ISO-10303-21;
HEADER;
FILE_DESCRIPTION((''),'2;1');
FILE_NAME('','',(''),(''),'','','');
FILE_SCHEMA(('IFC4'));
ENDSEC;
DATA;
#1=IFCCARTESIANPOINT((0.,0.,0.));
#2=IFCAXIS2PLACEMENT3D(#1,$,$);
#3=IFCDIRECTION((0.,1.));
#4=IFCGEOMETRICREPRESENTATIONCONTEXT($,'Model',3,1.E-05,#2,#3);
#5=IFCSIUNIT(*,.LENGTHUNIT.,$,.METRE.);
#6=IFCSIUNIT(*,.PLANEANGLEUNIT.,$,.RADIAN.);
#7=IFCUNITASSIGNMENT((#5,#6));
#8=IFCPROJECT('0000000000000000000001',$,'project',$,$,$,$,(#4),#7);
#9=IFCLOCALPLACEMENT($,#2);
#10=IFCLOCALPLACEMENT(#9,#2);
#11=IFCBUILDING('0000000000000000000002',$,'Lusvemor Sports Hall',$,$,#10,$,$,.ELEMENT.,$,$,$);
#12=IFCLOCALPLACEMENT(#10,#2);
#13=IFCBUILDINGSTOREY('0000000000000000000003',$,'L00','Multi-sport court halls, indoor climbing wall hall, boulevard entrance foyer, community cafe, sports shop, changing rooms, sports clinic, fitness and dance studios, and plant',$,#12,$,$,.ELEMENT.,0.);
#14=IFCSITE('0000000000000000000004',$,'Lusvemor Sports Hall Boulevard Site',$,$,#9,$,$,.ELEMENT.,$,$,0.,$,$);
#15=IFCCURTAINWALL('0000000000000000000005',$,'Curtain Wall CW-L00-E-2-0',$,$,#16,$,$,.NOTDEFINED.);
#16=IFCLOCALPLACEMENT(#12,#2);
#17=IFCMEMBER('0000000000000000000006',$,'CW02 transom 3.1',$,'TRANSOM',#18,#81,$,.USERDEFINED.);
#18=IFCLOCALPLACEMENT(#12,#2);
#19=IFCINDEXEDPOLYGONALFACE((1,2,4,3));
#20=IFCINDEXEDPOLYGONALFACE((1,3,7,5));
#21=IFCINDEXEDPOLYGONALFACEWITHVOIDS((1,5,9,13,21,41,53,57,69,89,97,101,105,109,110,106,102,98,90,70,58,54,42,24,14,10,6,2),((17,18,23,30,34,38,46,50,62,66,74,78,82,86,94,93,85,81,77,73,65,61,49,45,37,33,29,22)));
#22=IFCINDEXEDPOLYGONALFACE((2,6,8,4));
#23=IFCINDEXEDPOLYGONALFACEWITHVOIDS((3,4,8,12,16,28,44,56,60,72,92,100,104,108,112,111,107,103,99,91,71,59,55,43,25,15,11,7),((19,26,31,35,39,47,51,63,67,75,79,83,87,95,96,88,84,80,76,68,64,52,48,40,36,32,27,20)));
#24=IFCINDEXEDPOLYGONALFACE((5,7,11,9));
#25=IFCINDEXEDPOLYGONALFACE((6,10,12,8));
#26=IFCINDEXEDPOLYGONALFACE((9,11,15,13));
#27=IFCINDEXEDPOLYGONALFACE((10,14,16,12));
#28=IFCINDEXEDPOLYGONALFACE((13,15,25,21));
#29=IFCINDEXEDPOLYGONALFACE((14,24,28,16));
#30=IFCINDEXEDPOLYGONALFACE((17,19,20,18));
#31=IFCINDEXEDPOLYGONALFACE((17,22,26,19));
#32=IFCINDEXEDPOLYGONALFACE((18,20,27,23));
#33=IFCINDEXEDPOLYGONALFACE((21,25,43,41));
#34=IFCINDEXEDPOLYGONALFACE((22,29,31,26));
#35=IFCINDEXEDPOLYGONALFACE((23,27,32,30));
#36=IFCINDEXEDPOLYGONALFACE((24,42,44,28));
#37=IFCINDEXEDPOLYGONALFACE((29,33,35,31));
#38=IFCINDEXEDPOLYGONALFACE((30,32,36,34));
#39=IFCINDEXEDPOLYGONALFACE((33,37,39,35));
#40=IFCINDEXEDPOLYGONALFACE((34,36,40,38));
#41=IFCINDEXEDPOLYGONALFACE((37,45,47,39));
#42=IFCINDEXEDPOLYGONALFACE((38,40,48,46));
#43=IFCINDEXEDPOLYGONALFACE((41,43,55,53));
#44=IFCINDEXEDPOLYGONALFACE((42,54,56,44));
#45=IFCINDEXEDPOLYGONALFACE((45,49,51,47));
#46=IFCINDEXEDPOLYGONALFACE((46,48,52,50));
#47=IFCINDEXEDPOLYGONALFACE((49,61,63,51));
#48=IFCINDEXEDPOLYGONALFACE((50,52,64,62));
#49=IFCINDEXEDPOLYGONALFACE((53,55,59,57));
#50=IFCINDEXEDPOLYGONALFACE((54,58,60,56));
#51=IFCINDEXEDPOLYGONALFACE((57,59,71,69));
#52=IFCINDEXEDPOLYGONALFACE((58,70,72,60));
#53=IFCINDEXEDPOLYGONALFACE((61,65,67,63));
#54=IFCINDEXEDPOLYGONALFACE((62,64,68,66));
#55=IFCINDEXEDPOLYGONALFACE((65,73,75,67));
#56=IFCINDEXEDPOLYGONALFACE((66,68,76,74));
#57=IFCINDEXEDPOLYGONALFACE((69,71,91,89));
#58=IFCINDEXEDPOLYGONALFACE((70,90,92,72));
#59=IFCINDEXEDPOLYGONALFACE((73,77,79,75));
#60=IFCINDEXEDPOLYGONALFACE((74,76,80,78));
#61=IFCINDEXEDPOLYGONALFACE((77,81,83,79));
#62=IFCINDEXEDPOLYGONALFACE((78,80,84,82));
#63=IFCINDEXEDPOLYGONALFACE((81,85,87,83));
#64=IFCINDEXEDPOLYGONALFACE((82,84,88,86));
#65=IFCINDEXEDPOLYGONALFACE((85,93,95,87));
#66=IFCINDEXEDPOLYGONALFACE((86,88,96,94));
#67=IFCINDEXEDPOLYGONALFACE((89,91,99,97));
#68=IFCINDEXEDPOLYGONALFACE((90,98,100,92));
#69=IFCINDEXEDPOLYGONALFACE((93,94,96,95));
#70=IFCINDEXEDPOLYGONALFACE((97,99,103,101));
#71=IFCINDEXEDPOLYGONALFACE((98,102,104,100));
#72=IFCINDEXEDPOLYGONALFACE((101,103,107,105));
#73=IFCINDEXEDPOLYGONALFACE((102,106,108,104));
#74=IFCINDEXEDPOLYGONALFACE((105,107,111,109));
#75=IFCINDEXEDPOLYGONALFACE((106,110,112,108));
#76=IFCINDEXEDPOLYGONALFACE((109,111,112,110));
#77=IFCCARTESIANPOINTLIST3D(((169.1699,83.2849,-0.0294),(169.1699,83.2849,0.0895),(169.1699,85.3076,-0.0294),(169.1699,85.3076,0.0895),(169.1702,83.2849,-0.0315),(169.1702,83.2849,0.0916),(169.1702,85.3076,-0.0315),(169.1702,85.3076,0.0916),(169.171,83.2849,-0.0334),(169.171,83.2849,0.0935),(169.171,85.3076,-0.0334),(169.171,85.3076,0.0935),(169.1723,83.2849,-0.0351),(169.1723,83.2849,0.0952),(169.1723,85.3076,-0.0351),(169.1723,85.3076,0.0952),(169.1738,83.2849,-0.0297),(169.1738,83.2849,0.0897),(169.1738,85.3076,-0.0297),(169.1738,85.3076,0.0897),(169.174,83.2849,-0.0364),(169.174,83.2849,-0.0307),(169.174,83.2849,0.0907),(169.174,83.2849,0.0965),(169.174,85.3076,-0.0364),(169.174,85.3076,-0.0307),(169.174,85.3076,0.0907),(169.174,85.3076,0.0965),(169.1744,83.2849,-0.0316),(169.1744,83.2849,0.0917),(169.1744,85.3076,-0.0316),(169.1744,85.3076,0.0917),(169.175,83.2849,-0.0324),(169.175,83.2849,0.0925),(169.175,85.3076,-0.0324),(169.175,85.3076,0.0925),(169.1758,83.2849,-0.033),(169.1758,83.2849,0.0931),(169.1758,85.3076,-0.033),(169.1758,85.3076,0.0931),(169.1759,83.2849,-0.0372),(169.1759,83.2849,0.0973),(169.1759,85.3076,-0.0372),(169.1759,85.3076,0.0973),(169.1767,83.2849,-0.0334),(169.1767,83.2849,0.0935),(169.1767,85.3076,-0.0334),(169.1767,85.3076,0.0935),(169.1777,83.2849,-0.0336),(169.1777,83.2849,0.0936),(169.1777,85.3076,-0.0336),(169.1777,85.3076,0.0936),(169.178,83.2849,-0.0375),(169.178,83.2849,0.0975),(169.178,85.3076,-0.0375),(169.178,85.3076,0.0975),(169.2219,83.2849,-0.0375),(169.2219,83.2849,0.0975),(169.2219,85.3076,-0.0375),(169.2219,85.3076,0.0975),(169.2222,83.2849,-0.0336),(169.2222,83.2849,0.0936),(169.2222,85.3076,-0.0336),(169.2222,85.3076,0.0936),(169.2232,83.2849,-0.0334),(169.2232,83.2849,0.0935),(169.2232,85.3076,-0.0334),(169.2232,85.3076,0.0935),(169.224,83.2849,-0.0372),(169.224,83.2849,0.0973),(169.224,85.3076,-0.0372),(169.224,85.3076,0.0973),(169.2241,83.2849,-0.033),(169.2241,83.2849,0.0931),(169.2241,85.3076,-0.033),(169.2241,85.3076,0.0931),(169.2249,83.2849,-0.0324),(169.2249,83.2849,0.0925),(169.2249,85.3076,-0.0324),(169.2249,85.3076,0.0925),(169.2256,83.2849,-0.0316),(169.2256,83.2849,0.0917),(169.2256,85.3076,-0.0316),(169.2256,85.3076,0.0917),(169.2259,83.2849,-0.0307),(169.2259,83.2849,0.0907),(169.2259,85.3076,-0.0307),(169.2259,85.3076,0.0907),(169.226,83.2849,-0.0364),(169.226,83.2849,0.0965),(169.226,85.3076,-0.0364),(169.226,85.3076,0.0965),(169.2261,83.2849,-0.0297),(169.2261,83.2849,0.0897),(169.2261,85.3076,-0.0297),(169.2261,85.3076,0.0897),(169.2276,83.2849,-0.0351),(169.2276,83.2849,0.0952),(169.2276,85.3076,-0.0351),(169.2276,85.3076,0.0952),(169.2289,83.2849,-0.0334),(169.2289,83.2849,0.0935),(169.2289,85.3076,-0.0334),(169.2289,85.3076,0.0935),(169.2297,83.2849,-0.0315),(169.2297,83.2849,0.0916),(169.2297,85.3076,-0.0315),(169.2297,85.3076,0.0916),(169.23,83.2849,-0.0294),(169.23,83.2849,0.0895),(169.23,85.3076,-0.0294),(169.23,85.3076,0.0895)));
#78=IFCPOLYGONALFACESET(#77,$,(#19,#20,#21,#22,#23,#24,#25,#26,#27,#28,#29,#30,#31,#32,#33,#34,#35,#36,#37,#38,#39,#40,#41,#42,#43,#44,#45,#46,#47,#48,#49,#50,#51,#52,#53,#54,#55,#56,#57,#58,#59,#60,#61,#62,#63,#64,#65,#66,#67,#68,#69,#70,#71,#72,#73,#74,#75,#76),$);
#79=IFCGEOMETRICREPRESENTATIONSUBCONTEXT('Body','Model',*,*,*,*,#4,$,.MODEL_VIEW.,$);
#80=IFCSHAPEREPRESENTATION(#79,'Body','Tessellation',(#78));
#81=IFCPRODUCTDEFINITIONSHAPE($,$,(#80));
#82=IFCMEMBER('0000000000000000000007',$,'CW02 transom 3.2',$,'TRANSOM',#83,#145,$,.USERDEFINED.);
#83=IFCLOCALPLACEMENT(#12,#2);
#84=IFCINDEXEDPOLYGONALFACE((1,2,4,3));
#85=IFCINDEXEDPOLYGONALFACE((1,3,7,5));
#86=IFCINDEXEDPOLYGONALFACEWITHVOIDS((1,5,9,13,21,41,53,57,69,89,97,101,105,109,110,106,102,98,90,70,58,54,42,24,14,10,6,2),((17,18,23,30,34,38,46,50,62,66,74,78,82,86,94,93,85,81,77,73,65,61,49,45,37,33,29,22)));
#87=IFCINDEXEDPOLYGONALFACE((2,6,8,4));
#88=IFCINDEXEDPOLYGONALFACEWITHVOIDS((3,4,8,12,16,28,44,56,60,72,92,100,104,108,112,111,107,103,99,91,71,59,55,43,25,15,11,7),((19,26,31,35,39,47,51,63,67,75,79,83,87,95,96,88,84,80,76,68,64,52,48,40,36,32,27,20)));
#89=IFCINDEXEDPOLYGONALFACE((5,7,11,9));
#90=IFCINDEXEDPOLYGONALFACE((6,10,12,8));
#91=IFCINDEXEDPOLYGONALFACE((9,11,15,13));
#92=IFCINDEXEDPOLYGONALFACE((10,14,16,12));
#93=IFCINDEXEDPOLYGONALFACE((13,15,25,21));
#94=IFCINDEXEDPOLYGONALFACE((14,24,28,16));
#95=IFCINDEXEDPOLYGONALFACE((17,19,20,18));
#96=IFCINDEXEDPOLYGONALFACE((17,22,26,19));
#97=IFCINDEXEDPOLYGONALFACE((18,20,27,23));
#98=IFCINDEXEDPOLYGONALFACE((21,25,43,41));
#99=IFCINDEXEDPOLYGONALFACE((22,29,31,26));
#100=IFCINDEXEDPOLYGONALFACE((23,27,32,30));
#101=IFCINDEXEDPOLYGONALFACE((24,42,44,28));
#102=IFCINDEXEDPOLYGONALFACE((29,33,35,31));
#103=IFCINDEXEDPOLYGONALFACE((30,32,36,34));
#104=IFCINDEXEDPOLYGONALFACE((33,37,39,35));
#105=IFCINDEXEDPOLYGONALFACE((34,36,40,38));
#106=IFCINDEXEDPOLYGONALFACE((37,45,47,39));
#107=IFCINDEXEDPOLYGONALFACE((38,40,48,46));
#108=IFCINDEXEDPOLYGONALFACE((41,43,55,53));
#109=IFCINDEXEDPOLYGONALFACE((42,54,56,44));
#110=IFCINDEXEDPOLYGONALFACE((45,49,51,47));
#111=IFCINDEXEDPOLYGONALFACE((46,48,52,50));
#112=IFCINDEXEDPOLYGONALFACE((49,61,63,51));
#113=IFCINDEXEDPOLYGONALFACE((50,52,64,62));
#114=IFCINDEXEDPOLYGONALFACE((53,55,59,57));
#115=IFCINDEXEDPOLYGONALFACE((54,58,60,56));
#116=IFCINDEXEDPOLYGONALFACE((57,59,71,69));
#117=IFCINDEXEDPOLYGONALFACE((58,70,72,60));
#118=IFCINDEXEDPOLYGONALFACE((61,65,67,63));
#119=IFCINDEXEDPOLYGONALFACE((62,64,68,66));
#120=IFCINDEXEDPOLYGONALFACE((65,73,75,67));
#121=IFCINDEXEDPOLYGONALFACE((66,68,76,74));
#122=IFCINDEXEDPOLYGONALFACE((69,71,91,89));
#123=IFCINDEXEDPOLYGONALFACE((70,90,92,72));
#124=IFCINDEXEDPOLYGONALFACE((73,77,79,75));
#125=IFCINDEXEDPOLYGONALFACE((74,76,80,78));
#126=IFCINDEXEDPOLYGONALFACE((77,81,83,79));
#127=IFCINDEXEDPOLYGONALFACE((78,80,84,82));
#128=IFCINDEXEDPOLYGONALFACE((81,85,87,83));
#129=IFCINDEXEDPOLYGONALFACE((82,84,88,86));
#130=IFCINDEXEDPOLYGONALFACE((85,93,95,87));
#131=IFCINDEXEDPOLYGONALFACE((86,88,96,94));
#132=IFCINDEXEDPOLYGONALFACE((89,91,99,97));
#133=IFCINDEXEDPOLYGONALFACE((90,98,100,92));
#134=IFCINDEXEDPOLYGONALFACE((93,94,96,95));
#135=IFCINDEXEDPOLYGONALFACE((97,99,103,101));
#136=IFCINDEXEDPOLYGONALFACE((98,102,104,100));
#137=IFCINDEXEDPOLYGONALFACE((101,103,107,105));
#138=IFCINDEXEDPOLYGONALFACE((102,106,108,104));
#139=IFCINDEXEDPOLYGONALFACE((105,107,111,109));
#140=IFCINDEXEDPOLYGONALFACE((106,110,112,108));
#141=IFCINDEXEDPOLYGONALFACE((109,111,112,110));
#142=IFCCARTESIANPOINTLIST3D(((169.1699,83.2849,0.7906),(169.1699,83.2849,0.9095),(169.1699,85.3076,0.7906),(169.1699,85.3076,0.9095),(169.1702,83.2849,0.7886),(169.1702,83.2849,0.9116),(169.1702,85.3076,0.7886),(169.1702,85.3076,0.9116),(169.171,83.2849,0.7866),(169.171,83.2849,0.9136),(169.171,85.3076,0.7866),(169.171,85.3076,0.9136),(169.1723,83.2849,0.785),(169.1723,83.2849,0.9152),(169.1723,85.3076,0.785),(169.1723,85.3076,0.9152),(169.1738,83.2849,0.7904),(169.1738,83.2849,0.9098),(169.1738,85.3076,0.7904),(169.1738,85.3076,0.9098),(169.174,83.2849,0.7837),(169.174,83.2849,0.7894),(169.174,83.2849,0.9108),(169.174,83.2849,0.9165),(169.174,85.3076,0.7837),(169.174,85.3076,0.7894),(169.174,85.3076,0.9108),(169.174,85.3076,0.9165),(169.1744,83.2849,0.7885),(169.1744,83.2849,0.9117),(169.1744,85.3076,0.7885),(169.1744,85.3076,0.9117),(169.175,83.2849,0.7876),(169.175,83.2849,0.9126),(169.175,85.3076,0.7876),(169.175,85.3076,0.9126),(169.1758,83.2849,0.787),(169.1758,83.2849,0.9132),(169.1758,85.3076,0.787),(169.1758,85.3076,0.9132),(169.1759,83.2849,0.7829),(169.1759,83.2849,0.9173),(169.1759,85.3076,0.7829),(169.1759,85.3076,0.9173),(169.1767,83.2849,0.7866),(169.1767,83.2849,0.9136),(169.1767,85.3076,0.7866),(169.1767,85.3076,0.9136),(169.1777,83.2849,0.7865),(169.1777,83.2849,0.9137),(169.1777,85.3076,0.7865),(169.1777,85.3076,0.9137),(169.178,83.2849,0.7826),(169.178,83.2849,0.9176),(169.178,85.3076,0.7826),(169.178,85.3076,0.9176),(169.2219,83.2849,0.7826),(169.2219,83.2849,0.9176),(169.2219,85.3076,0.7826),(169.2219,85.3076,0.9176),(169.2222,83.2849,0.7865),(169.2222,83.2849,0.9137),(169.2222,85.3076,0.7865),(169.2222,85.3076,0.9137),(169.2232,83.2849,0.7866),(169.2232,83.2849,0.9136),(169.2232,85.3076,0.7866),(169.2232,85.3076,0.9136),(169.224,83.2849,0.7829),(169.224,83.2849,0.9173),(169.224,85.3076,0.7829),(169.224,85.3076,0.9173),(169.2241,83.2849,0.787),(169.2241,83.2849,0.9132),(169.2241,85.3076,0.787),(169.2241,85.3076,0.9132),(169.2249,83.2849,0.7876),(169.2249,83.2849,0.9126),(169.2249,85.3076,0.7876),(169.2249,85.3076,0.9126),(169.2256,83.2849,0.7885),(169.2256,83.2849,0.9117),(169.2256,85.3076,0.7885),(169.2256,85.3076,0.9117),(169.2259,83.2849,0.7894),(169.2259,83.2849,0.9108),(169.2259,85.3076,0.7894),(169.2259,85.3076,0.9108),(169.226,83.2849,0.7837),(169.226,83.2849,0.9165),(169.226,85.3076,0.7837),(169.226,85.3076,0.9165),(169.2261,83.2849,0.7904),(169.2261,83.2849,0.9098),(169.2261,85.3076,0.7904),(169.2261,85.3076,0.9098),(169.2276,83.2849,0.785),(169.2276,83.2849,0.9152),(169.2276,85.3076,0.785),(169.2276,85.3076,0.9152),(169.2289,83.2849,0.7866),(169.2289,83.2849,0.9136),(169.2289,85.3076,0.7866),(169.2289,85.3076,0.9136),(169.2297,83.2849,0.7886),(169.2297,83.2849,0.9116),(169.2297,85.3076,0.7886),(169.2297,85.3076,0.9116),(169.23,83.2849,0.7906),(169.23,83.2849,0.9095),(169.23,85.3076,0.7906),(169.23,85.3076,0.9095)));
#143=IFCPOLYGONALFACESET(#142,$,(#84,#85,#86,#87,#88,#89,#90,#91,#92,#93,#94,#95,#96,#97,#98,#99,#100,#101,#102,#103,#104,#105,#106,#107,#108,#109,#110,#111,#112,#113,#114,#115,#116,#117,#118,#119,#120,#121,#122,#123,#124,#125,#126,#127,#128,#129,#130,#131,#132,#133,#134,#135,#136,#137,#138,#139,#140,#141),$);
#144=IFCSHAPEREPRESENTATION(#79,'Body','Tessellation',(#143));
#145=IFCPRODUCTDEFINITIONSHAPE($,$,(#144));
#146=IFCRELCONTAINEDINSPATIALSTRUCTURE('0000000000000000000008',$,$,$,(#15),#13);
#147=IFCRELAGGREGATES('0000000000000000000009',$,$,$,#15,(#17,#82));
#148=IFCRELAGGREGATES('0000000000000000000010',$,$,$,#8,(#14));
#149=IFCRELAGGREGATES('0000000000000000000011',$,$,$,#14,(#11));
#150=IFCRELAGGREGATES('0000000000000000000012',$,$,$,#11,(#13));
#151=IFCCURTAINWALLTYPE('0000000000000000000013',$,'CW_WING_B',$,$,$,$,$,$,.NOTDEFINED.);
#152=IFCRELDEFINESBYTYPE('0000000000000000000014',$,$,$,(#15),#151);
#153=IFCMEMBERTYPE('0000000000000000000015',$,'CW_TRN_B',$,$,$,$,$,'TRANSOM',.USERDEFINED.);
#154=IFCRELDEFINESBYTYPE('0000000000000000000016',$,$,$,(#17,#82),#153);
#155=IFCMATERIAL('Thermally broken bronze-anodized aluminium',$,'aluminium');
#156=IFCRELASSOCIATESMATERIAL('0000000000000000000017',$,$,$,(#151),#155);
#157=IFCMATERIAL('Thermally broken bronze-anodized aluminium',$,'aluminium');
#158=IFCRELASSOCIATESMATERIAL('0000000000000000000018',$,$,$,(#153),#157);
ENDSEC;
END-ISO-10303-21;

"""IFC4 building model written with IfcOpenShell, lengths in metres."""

from ifc_helpers import new_model, si_unit, direction, frame, origin, origin_2d, place, context, subcontext, project, spatial, hollow_rectangle, extrude, material, material_profile, profile_set, type_object, element, aggregate, save


model = new_model("IFC4")

# Units and contexts
model_context = context("Model", 3, precision=1e-05, world=origin(), true_north=direction((0.0, 1.0)))
body_context = subcontext(model_context, "Body", "Model", "MODEL_VIEW")
ifc_project = project(units=[si_unit("LENGTHUNIT", "METRE"), si_unit("PLANEANGLEUNIT", "RADIAN")], contexts=[model_context])

# Site, building, storey
site_placement = place(None, origin())
site = spatial("IfcSite", under=ifc_project, at=site_placement, Name="Lusvemor Sports Hall Boulevard Site", CompositionType="ELEMENT", RefElevation=0.0)
building_placement = place(site_placement, origin())
building = spatial("IfcBuilding", under=site, at=building_placement, Name="Lusvemor Sports Hall", CompositionType="ELEMENT")
storey_placement = place(building_placement, origin())
storey = spatial("IfcBuildingStorey", under=building, at=storey_placement, Name="L00", Description="Multi-sport court halls, indoor climbing wall hall, boulevard entrance foyer, community cafe, sports shop, changing rooms, sports clinic, fitness and dance studios, and plant", CompositionType="ELEMENT", Elevation=0.0)

# Curtain wall, members
ifc_material_1 = material(Name="Thermally broken bronze-anodized aluminium", Category="aluminium")
curtain_wall_type = type_object("IfcCurtainWallType", Name="CW_WING_B", PredefinedType="NOTDEFINED", material=ifc_material_1)
curtain_wall_placement = place(storey_placement, origin())
curtain_wall = element("IfcCurtainWall", 1, at=curtain_wall_placement, inside=storey, type_object=curtain_wall_type, Name="Curtain Wall CW-L00-E-2-0", PredefinedType="NOTDEFINED")
ifc_material_2 = material(Name="Thermally broken bronze-anodized aluminium", Category="aluminium")
ifc_material_profile_1 = material_profile(ifc_material_2, hollow_rectangle(XDim=0.0601, YDim=0.135, WallThickness=0.0039, InnerFilletRadius=0.0039, OuterFilletRadius=0.0081, at=origin_2d()), Name="CWTRN135x60x4")
ifc_profile_set_1 = profile_set([ifc_material_profile_1], Name="Thermally broken bronze-anodized aluminium")
member_type_1 = type_object("IfcMemberType", Name="CW_TRN_B", ElementType="TRANSOM", PredefinedType="USERDEFINED", material=ifc_profile_set_1)
member_1_placement = place(storey_placement, frame((169.2, 85.3076, 0.03), z_axis=(0.0, -1.0, 0.0), x_axis=(1.0, 0.0, 0.0)))
member_1 = element("IfcMember", 2, at=member_1_placement, type_object=member_type_1, Name="CW02 transom 3.1", ObjectType="TRANSOM", PredefinedType="USERDEFINED", context=body_context, shape_type="SweptSolid", body=[
    extrude(hollow_rectangle(XDim=0.0601, YDim=0.135, WallThickness=0.0039, InnerFilletRadius=0.0039, OuterFilletRadius=0.0081, at=origin_2d()), origin(), (0.0, 0.0, 1.0), 2.0227),
])
member_2_placement = place(storey_placement, frame((169.2, 85.3076, 0.8501), z_axis=(0.0, -1.0, 0.0), x_axis=(1.0, 0.0, 0.0)))
member_2 = element("IfcMember", 3, at=member_2_placement, type_object=member_type_1, Name="CW02 transom 3.2", ObjectType="TRANSOM", PredefinedType="USERDEFINED", context=body_context, shape_type="SweptSolid", body=[
    extrude(hollow_rectangle(XDim=0.0601, YDim=0.135, WallThickness=0.0039, InnerFilletRadius=0.0039, OuterFilletRadius=0.0081, at=origin_2d()), origin(), (0.0, 0.0, 1.0), 2.0227),
])
aggregate(curtain_wall, [member_1, member_2])

save(model, "model.ifc")
